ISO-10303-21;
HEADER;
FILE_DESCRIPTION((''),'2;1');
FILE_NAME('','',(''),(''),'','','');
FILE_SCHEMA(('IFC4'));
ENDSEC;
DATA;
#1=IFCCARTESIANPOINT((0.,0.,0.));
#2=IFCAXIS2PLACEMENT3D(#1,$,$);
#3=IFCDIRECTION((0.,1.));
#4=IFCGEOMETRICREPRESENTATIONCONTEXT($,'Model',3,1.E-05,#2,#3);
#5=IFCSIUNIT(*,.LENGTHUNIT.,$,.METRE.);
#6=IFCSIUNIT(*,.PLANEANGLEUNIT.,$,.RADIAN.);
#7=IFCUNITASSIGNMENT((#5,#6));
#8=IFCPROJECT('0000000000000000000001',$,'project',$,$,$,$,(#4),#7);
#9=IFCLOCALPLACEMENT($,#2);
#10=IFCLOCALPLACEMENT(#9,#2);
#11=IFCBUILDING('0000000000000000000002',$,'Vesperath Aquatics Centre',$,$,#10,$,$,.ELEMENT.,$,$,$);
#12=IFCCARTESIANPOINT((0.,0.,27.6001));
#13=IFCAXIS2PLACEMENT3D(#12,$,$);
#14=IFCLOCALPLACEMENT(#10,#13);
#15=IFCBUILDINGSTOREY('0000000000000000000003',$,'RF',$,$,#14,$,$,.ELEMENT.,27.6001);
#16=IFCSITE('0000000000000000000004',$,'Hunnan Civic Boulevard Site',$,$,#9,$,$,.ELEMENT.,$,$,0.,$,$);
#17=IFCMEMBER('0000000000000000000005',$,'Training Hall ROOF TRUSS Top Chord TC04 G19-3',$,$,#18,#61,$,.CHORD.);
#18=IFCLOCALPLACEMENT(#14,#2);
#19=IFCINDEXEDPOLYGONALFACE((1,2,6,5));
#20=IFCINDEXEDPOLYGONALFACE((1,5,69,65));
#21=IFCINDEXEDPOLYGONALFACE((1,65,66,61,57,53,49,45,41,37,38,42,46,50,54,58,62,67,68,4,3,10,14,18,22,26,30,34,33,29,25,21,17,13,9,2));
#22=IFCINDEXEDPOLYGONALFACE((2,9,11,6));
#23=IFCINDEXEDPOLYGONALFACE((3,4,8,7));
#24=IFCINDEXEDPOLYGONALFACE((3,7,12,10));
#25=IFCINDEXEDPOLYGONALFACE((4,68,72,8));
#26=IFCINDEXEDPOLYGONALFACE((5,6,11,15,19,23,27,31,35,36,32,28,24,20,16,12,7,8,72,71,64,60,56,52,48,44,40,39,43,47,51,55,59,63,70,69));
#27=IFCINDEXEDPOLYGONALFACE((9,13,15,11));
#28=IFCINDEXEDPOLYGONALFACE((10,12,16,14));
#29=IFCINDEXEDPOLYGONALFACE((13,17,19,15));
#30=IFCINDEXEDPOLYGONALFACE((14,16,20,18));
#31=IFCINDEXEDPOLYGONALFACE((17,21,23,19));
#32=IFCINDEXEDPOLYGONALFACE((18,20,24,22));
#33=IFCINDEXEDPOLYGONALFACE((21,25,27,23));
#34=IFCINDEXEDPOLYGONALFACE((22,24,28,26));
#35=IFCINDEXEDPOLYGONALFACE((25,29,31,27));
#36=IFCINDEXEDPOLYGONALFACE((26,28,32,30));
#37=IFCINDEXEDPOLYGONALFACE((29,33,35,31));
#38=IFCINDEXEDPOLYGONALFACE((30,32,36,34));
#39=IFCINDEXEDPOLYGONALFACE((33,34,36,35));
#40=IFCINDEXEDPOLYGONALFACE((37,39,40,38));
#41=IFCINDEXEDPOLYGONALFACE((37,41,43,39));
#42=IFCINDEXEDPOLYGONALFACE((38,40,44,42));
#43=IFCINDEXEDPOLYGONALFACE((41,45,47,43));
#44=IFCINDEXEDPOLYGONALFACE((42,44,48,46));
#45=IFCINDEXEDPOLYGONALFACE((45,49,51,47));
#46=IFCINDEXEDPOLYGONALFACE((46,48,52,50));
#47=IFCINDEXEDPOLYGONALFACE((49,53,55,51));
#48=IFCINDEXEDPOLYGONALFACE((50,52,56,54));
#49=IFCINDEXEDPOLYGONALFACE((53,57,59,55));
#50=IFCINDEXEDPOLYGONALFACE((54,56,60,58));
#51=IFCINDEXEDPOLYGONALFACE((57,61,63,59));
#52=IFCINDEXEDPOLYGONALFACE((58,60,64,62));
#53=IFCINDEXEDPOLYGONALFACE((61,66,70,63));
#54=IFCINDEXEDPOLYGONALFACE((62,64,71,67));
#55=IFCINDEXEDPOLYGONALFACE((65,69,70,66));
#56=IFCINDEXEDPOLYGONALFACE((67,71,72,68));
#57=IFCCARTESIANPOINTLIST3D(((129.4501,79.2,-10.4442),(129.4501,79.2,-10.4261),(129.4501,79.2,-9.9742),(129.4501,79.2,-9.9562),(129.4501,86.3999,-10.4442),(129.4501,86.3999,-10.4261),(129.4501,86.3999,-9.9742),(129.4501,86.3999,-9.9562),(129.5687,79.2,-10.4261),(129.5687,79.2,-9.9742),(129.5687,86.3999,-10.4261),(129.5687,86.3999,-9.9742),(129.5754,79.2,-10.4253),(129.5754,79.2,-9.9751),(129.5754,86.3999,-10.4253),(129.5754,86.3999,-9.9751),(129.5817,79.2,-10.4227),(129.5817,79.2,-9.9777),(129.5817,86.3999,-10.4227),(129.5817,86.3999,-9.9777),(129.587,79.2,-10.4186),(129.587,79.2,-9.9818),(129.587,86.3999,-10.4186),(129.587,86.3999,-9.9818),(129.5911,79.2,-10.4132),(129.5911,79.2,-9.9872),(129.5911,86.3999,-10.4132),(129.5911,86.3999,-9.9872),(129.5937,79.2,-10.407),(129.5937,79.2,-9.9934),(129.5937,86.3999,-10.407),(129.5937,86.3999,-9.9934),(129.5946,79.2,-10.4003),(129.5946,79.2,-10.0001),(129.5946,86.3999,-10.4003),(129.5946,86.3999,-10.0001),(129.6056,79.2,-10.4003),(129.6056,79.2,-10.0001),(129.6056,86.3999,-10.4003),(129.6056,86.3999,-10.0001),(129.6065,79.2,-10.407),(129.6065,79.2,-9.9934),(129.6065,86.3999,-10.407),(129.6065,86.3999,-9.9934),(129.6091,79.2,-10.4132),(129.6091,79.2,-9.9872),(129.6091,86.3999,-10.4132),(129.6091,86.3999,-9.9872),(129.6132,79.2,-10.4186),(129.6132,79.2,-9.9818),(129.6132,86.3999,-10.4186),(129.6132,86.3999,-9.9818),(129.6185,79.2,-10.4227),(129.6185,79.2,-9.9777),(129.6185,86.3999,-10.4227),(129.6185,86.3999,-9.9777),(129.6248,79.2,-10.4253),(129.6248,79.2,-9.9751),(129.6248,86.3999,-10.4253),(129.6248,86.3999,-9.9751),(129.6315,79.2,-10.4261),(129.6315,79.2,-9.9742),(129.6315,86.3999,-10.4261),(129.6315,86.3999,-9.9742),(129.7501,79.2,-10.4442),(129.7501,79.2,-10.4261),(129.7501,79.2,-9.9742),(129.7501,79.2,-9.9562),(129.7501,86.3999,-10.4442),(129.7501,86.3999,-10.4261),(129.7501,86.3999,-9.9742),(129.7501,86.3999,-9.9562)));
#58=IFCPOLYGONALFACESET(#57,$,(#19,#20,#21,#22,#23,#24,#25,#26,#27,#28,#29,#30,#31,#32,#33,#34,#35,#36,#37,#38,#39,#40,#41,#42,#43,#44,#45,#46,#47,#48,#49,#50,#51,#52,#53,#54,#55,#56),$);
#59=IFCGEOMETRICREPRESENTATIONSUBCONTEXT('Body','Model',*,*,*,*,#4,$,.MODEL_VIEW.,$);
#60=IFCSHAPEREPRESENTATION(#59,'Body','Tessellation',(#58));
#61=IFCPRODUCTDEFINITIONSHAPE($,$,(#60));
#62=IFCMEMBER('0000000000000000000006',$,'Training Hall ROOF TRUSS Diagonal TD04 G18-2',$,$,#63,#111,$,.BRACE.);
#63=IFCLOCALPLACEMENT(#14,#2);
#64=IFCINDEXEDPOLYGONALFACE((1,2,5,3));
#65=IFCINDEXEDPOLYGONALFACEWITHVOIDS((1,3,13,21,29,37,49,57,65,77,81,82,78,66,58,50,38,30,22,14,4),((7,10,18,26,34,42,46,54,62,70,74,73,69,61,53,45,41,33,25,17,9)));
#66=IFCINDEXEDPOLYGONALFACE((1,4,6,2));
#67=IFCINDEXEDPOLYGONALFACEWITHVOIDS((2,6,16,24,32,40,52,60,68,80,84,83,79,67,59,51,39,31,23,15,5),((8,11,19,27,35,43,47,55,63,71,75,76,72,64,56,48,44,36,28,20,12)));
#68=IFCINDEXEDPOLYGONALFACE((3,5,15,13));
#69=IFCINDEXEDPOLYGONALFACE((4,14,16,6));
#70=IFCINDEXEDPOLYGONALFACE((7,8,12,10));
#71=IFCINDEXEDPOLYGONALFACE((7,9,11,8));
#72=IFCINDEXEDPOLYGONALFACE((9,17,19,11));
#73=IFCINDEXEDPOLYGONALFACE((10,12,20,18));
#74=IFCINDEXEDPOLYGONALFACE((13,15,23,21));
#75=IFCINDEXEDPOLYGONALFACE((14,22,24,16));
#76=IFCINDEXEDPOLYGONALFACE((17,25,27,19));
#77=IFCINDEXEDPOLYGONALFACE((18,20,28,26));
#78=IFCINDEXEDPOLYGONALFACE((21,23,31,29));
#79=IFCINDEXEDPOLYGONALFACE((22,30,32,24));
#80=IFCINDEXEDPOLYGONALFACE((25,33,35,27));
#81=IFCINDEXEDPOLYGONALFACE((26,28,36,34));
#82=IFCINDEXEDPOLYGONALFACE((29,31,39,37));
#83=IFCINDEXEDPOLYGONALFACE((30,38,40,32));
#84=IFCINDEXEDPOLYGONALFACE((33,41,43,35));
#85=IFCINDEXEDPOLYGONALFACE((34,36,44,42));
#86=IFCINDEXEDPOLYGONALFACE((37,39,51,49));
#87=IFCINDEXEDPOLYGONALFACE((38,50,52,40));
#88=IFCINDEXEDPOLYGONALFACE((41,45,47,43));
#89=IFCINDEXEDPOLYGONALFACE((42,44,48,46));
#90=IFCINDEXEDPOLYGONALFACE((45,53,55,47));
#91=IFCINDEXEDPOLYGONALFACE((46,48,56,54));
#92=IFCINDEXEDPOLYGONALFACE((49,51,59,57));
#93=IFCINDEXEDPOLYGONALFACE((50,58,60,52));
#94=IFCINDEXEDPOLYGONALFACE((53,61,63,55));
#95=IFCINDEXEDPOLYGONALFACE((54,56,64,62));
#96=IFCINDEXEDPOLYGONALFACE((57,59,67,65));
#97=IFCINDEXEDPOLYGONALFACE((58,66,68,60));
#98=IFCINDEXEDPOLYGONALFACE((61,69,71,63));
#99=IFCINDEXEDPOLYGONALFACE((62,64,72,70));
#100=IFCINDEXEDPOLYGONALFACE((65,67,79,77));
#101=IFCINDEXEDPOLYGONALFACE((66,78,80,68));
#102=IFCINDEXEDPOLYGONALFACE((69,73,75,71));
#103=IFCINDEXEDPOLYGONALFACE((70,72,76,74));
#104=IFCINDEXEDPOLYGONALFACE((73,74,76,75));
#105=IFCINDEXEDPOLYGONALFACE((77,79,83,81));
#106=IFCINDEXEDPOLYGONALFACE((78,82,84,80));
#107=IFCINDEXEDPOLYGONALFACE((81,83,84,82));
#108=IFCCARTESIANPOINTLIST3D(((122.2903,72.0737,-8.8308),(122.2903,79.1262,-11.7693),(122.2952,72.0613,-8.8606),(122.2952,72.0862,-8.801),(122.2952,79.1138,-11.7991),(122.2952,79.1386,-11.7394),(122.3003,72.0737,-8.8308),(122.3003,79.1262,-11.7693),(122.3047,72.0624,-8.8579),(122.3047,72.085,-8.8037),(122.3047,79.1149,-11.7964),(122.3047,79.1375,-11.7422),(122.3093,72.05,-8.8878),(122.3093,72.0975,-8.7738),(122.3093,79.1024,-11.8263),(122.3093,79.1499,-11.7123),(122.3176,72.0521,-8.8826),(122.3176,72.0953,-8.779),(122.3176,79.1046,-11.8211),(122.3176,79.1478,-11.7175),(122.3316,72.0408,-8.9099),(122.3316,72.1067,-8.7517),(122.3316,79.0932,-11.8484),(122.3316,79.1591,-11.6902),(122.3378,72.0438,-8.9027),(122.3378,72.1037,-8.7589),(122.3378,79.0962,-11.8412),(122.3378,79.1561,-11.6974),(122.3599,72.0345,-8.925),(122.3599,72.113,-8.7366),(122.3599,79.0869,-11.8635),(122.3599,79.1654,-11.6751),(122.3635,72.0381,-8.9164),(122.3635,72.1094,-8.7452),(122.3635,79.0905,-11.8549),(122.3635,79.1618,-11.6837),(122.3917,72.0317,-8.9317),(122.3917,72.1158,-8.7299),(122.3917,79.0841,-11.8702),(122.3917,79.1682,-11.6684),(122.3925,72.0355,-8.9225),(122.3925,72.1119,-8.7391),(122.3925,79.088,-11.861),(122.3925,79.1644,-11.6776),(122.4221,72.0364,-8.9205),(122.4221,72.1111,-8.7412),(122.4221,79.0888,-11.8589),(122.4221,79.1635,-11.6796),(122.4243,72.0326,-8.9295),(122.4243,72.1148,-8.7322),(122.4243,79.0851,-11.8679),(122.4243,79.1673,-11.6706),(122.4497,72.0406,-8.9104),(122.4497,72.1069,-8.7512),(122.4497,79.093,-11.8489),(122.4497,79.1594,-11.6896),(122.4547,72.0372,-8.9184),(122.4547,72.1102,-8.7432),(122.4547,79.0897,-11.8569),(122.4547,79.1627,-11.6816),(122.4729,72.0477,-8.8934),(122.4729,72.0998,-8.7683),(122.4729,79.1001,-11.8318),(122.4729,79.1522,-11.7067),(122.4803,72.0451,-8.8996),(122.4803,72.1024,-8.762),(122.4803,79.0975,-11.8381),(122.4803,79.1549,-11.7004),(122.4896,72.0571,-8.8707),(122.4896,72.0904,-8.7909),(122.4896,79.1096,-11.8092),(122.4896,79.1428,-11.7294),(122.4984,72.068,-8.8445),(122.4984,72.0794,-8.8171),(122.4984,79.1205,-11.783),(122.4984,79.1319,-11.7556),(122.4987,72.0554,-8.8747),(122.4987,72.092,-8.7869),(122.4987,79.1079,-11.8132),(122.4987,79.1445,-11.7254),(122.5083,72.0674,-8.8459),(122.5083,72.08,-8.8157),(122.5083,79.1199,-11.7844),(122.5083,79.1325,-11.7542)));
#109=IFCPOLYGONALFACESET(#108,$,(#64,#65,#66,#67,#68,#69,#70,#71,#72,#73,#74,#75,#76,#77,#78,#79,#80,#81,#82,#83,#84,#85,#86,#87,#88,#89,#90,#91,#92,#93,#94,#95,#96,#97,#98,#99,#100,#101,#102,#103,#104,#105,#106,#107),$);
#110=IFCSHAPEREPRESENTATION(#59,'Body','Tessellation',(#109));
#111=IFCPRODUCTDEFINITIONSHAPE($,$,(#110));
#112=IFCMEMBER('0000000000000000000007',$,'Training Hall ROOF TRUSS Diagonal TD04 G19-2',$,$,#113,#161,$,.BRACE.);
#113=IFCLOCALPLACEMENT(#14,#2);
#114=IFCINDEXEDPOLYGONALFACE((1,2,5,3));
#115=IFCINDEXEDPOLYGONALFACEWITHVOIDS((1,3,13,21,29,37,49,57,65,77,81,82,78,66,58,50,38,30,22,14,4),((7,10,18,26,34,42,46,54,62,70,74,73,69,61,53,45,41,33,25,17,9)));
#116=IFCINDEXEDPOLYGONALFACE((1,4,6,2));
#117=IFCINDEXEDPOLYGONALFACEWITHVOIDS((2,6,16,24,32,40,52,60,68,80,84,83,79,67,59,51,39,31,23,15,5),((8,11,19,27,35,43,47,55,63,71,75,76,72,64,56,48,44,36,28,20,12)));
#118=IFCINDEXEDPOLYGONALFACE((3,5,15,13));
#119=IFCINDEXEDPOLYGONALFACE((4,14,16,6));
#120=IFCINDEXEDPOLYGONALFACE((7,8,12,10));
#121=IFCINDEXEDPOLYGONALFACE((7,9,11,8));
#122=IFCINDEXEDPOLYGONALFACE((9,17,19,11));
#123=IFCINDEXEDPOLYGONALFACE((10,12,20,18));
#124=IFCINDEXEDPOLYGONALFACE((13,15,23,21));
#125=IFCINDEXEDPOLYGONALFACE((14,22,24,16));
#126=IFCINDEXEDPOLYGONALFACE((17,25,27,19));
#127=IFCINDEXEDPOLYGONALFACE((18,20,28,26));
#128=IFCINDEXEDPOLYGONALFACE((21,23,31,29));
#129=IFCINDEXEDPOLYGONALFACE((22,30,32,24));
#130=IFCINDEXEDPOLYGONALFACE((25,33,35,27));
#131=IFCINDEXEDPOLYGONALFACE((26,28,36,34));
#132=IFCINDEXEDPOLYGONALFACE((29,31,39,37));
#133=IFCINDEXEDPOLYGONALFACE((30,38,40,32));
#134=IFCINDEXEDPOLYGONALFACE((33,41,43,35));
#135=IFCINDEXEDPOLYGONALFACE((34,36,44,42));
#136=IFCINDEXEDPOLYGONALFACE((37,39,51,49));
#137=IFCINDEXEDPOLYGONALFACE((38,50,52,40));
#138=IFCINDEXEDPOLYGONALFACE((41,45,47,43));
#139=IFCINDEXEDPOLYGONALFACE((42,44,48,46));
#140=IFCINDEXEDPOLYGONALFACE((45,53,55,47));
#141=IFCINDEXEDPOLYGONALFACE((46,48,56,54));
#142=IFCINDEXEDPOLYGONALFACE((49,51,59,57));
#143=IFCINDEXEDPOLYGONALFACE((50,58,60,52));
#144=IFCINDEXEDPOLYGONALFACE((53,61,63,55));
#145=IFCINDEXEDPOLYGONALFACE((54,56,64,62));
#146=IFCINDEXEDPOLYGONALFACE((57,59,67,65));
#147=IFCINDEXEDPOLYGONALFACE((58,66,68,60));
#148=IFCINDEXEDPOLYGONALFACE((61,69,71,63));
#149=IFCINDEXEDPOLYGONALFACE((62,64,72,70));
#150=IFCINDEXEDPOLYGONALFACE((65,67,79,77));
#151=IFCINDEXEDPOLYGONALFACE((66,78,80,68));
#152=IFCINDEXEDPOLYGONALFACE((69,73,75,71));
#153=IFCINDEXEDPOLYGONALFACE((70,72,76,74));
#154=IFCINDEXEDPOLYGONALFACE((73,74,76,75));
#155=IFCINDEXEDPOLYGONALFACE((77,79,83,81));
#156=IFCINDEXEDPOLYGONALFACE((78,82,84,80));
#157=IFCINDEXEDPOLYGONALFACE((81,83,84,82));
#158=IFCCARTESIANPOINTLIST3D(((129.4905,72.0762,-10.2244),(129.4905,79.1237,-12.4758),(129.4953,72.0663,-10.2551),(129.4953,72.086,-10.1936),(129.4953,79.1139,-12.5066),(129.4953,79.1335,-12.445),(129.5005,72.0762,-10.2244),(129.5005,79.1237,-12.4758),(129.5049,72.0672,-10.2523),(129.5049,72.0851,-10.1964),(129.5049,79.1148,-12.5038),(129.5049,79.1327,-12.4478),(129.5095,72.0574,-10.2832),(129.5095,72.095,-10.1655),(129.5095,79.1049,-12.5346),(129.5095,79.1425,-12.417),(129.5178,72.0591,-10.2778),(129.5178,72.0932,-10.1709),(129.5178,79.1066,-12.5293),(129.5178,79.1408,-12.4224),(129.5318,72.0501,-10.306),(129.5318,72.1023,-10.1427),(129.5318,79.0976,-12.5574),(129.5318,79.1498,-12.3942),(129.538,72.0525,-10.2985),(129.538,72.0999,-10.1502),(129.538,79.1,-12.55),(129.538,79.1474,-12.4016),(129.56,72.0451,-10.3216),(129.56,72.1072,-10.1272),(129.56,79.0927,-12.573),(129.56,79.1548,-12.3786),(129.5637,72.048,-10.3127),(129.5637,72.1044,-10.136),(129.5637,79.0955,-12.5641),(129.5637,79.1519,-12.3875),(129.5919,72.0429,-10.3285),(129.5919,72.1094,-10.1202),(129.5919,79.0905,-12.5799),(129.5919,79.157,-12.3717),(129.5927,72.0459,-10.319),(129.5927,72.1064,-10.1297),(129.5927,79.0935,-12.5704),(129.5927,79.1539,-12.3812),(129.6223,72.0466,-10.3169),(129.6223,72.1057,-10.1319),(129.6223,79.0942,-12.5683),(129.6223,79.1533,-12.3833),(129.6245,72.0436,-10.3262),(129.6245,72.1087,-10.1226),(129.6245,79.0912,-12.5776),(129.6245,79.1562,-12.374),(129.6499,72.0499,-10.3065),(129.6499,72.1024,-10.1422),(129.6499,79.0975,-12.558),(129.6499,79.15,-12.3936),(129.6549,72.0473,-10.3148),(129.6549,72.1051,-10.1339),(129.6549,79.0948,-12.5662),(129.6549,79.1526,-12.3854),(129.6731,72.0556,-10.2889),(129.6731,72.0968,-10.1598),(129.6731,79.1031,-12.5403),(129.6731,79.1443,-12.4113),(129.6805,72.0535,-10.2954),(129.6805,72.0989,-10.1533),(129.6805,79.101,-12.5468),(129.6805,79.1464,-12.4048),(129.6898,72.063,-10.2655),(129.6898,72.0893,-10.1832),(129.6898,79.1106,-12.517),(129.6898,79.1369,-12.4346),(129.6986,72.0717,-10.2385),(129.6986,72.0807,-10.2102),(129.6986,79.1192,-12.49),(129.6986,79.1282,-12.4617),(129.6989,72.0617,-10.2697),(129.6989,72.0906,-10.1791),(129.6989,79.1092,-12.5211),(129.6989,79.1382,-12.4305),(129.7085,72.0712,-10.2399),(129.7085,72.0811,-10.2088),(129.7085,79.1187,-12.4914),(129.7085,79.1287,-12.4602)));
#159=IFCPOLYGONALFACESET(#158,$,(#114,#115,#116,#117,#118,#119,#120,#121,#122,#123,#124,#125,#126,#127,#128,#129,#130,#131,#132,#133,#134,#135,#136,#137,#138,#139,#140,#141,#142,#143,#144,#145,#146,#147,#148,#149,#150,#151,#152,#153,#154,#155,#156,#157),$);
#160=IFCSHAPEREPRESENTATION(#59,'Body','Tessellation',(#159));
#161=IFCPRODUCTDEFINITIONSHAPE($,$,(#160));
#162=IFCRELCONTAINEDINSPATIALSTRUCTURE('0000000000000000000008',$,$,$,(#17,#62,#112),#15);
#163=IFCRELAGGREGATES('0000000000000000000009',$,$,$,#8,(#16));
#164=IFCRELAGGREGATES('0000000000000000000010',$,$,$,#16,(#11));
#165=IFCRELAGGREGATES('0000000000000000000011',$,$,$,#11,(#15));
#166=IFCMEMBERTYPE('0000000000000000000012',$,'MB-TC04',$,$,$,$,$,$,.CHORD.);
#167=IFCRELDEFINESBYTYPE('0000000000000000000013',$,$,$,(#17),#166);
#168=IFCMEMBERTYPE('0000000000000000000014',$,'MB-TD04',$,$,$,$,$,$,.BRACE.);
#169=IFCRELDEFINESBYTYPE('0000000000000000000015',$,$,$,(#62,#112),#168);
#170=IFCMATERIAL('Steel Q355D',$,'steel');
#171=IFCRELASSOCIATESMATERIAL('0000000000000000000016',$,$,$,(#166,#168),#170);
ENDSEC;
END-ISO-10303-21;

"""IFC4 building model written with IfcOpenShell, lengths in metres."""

from ifc_helpers import new_model, si_unit, direction, frame, origin, origin_2d, place, context, subcontext, project, spatial, hollow_circle, i_section, extrude, material, material_profile, profile_set, type_object, element, save


model = new_model("IFC4")

# Units and contexts
model_context = context("Model", 3, precision=1e-05, world=origin(), true_north=direction((0.0, 1.0)))
body_context = subcontext(model_context, "Body", "Model", "MODEL_VIEW")
ifc_project = project(units=[si_unit("LENGTHUNIT", "METRE"), si_unit("PLANEANGLEUNIT", "RADIAN")], contexts=[model_context])

# Site, building, storey
site_placement = place(None, origin())
site = spatial("IfcSite", under=ifc_project, at=site_placement, Name="Hunnan Civic Boulevard Site", CompositionType="ELEMENT", RefElevation=0.0)
building_placement = place(site_placement, origin())
building = spatial("IfcBuilding", under=site, at=building_placement, Name="Vesperath Aquatics Centre", CompositionType="ELEMENT")
storey_placement = place(building_placement, frame((0.0, 0.0, 27.6001)))
storey = spatial("IfcBuildingStorey", under=building, at=storey_placement, Name="RF", CompositionType="ELEMENT", Elevation=27.6001)

# Members
ifc_material_1 = material(Name="Steel Q355D", Category="steel")
ifc_material_profile_1 = material_profile(ifc_material_1, i_section(OverallWidth=0.3, OverallDepth=0.488, WebThickness=0.011, FlangeThickness=0.0181, FilletRadius=0.0259, at=origin_2d()), Name="HM 488x300x11x18")
ifc_profile_set_1 = profile_set([ifc_material_profile_1], Name="Steel Q355D")
member_type_1 = type_object("IfcMemberType", Name="MB-TC04", PredefinedType="CHORD", material=ifc_profile_set_1)
for number, where, z_axis, x_axis, name in (
    (1, (129.6001, 79.2, -10.2002), (0.0, 1.0, 0.0), (-1.0, 0.0, 0.0), "Training Hall ROOF TRUSS Top Chord TC04 G19-3"),
):
    element("IfcMember", number, at=place(storey_placement, frame(where, z_axis=z_axis, x_axis=x_axis)), inside=storey, type_object=member_type_1, Name=name, PredefinedType="CHORD", context=body_context, shape_type="SweptSolid", body=[
        extrude(i_section(OverallWidth=0.3, OverallDepth=0.488, WebThickness=0.011, FlangeThickness=0.0181, FilletRadius=0.0259, at=origin_2d()), origin(), (0.0, 0.0, 1.0), 7.2),
    ])
ifc_material_profile_2 = material_profile(ifc_material_1, hollow_circle(Radius=0.1096, WallThickness=0.01, at=origin_2d()), Name="CHS 219.1x10")
ifc_profile_set_2 = profile_set([ifc_material_profile_2], Name="Steel Q355D")
member_type_2 = type_object("IfcMemberType", Name="MB-TD04", PredefinedType="BRACE", material=ifc_profile_set_2)
member_1_placement = place(storey_placement, frame((122.3999, 72.0737, -8.8308), z_axis=(0.0, 0.92308, -0.384609), x_axis=(-1.0, 0.0, 0.0)))
element("IfcMember", 2, at=member_1_placement, inside=storey, type_object=member_type_2, Name="Training Hall ROOF TRUSS Diagonal TD04 G18-2", PredefinedType="BRACE", context=body_context, shape_type="SweptSolid", body=[
    extrude(hollow_circle(Radius=0.1096, WallThickness=0.01, at=origin_2d()), origin(), (0.0, 0.0, 1.0), 7.6401),
])
member_2_placement = place(storey_placement, frame((129.6001, 72.0762, -10.2244), z_axis=(0.0, 0.952572, -0.304314), x_axis=(-1.0, 0.0, 0.0)))
element("IfcMember", 3, at=member_2_placement, inside=storey, type_object=member_type_2, Name="Training Hall ROOF TRUSS Diagonal TD04 G19-2", PredefinedType="BRACE", context=body_context, shape_type="SweptSolid", body=[
    extrude(hollow_circle(Radius=0.1096, WallThickness=0.01, at=origin_2d()), origin(), (0.0, 0.0, 1.0), 7.3984),
])

save(model, "model.ifc")
